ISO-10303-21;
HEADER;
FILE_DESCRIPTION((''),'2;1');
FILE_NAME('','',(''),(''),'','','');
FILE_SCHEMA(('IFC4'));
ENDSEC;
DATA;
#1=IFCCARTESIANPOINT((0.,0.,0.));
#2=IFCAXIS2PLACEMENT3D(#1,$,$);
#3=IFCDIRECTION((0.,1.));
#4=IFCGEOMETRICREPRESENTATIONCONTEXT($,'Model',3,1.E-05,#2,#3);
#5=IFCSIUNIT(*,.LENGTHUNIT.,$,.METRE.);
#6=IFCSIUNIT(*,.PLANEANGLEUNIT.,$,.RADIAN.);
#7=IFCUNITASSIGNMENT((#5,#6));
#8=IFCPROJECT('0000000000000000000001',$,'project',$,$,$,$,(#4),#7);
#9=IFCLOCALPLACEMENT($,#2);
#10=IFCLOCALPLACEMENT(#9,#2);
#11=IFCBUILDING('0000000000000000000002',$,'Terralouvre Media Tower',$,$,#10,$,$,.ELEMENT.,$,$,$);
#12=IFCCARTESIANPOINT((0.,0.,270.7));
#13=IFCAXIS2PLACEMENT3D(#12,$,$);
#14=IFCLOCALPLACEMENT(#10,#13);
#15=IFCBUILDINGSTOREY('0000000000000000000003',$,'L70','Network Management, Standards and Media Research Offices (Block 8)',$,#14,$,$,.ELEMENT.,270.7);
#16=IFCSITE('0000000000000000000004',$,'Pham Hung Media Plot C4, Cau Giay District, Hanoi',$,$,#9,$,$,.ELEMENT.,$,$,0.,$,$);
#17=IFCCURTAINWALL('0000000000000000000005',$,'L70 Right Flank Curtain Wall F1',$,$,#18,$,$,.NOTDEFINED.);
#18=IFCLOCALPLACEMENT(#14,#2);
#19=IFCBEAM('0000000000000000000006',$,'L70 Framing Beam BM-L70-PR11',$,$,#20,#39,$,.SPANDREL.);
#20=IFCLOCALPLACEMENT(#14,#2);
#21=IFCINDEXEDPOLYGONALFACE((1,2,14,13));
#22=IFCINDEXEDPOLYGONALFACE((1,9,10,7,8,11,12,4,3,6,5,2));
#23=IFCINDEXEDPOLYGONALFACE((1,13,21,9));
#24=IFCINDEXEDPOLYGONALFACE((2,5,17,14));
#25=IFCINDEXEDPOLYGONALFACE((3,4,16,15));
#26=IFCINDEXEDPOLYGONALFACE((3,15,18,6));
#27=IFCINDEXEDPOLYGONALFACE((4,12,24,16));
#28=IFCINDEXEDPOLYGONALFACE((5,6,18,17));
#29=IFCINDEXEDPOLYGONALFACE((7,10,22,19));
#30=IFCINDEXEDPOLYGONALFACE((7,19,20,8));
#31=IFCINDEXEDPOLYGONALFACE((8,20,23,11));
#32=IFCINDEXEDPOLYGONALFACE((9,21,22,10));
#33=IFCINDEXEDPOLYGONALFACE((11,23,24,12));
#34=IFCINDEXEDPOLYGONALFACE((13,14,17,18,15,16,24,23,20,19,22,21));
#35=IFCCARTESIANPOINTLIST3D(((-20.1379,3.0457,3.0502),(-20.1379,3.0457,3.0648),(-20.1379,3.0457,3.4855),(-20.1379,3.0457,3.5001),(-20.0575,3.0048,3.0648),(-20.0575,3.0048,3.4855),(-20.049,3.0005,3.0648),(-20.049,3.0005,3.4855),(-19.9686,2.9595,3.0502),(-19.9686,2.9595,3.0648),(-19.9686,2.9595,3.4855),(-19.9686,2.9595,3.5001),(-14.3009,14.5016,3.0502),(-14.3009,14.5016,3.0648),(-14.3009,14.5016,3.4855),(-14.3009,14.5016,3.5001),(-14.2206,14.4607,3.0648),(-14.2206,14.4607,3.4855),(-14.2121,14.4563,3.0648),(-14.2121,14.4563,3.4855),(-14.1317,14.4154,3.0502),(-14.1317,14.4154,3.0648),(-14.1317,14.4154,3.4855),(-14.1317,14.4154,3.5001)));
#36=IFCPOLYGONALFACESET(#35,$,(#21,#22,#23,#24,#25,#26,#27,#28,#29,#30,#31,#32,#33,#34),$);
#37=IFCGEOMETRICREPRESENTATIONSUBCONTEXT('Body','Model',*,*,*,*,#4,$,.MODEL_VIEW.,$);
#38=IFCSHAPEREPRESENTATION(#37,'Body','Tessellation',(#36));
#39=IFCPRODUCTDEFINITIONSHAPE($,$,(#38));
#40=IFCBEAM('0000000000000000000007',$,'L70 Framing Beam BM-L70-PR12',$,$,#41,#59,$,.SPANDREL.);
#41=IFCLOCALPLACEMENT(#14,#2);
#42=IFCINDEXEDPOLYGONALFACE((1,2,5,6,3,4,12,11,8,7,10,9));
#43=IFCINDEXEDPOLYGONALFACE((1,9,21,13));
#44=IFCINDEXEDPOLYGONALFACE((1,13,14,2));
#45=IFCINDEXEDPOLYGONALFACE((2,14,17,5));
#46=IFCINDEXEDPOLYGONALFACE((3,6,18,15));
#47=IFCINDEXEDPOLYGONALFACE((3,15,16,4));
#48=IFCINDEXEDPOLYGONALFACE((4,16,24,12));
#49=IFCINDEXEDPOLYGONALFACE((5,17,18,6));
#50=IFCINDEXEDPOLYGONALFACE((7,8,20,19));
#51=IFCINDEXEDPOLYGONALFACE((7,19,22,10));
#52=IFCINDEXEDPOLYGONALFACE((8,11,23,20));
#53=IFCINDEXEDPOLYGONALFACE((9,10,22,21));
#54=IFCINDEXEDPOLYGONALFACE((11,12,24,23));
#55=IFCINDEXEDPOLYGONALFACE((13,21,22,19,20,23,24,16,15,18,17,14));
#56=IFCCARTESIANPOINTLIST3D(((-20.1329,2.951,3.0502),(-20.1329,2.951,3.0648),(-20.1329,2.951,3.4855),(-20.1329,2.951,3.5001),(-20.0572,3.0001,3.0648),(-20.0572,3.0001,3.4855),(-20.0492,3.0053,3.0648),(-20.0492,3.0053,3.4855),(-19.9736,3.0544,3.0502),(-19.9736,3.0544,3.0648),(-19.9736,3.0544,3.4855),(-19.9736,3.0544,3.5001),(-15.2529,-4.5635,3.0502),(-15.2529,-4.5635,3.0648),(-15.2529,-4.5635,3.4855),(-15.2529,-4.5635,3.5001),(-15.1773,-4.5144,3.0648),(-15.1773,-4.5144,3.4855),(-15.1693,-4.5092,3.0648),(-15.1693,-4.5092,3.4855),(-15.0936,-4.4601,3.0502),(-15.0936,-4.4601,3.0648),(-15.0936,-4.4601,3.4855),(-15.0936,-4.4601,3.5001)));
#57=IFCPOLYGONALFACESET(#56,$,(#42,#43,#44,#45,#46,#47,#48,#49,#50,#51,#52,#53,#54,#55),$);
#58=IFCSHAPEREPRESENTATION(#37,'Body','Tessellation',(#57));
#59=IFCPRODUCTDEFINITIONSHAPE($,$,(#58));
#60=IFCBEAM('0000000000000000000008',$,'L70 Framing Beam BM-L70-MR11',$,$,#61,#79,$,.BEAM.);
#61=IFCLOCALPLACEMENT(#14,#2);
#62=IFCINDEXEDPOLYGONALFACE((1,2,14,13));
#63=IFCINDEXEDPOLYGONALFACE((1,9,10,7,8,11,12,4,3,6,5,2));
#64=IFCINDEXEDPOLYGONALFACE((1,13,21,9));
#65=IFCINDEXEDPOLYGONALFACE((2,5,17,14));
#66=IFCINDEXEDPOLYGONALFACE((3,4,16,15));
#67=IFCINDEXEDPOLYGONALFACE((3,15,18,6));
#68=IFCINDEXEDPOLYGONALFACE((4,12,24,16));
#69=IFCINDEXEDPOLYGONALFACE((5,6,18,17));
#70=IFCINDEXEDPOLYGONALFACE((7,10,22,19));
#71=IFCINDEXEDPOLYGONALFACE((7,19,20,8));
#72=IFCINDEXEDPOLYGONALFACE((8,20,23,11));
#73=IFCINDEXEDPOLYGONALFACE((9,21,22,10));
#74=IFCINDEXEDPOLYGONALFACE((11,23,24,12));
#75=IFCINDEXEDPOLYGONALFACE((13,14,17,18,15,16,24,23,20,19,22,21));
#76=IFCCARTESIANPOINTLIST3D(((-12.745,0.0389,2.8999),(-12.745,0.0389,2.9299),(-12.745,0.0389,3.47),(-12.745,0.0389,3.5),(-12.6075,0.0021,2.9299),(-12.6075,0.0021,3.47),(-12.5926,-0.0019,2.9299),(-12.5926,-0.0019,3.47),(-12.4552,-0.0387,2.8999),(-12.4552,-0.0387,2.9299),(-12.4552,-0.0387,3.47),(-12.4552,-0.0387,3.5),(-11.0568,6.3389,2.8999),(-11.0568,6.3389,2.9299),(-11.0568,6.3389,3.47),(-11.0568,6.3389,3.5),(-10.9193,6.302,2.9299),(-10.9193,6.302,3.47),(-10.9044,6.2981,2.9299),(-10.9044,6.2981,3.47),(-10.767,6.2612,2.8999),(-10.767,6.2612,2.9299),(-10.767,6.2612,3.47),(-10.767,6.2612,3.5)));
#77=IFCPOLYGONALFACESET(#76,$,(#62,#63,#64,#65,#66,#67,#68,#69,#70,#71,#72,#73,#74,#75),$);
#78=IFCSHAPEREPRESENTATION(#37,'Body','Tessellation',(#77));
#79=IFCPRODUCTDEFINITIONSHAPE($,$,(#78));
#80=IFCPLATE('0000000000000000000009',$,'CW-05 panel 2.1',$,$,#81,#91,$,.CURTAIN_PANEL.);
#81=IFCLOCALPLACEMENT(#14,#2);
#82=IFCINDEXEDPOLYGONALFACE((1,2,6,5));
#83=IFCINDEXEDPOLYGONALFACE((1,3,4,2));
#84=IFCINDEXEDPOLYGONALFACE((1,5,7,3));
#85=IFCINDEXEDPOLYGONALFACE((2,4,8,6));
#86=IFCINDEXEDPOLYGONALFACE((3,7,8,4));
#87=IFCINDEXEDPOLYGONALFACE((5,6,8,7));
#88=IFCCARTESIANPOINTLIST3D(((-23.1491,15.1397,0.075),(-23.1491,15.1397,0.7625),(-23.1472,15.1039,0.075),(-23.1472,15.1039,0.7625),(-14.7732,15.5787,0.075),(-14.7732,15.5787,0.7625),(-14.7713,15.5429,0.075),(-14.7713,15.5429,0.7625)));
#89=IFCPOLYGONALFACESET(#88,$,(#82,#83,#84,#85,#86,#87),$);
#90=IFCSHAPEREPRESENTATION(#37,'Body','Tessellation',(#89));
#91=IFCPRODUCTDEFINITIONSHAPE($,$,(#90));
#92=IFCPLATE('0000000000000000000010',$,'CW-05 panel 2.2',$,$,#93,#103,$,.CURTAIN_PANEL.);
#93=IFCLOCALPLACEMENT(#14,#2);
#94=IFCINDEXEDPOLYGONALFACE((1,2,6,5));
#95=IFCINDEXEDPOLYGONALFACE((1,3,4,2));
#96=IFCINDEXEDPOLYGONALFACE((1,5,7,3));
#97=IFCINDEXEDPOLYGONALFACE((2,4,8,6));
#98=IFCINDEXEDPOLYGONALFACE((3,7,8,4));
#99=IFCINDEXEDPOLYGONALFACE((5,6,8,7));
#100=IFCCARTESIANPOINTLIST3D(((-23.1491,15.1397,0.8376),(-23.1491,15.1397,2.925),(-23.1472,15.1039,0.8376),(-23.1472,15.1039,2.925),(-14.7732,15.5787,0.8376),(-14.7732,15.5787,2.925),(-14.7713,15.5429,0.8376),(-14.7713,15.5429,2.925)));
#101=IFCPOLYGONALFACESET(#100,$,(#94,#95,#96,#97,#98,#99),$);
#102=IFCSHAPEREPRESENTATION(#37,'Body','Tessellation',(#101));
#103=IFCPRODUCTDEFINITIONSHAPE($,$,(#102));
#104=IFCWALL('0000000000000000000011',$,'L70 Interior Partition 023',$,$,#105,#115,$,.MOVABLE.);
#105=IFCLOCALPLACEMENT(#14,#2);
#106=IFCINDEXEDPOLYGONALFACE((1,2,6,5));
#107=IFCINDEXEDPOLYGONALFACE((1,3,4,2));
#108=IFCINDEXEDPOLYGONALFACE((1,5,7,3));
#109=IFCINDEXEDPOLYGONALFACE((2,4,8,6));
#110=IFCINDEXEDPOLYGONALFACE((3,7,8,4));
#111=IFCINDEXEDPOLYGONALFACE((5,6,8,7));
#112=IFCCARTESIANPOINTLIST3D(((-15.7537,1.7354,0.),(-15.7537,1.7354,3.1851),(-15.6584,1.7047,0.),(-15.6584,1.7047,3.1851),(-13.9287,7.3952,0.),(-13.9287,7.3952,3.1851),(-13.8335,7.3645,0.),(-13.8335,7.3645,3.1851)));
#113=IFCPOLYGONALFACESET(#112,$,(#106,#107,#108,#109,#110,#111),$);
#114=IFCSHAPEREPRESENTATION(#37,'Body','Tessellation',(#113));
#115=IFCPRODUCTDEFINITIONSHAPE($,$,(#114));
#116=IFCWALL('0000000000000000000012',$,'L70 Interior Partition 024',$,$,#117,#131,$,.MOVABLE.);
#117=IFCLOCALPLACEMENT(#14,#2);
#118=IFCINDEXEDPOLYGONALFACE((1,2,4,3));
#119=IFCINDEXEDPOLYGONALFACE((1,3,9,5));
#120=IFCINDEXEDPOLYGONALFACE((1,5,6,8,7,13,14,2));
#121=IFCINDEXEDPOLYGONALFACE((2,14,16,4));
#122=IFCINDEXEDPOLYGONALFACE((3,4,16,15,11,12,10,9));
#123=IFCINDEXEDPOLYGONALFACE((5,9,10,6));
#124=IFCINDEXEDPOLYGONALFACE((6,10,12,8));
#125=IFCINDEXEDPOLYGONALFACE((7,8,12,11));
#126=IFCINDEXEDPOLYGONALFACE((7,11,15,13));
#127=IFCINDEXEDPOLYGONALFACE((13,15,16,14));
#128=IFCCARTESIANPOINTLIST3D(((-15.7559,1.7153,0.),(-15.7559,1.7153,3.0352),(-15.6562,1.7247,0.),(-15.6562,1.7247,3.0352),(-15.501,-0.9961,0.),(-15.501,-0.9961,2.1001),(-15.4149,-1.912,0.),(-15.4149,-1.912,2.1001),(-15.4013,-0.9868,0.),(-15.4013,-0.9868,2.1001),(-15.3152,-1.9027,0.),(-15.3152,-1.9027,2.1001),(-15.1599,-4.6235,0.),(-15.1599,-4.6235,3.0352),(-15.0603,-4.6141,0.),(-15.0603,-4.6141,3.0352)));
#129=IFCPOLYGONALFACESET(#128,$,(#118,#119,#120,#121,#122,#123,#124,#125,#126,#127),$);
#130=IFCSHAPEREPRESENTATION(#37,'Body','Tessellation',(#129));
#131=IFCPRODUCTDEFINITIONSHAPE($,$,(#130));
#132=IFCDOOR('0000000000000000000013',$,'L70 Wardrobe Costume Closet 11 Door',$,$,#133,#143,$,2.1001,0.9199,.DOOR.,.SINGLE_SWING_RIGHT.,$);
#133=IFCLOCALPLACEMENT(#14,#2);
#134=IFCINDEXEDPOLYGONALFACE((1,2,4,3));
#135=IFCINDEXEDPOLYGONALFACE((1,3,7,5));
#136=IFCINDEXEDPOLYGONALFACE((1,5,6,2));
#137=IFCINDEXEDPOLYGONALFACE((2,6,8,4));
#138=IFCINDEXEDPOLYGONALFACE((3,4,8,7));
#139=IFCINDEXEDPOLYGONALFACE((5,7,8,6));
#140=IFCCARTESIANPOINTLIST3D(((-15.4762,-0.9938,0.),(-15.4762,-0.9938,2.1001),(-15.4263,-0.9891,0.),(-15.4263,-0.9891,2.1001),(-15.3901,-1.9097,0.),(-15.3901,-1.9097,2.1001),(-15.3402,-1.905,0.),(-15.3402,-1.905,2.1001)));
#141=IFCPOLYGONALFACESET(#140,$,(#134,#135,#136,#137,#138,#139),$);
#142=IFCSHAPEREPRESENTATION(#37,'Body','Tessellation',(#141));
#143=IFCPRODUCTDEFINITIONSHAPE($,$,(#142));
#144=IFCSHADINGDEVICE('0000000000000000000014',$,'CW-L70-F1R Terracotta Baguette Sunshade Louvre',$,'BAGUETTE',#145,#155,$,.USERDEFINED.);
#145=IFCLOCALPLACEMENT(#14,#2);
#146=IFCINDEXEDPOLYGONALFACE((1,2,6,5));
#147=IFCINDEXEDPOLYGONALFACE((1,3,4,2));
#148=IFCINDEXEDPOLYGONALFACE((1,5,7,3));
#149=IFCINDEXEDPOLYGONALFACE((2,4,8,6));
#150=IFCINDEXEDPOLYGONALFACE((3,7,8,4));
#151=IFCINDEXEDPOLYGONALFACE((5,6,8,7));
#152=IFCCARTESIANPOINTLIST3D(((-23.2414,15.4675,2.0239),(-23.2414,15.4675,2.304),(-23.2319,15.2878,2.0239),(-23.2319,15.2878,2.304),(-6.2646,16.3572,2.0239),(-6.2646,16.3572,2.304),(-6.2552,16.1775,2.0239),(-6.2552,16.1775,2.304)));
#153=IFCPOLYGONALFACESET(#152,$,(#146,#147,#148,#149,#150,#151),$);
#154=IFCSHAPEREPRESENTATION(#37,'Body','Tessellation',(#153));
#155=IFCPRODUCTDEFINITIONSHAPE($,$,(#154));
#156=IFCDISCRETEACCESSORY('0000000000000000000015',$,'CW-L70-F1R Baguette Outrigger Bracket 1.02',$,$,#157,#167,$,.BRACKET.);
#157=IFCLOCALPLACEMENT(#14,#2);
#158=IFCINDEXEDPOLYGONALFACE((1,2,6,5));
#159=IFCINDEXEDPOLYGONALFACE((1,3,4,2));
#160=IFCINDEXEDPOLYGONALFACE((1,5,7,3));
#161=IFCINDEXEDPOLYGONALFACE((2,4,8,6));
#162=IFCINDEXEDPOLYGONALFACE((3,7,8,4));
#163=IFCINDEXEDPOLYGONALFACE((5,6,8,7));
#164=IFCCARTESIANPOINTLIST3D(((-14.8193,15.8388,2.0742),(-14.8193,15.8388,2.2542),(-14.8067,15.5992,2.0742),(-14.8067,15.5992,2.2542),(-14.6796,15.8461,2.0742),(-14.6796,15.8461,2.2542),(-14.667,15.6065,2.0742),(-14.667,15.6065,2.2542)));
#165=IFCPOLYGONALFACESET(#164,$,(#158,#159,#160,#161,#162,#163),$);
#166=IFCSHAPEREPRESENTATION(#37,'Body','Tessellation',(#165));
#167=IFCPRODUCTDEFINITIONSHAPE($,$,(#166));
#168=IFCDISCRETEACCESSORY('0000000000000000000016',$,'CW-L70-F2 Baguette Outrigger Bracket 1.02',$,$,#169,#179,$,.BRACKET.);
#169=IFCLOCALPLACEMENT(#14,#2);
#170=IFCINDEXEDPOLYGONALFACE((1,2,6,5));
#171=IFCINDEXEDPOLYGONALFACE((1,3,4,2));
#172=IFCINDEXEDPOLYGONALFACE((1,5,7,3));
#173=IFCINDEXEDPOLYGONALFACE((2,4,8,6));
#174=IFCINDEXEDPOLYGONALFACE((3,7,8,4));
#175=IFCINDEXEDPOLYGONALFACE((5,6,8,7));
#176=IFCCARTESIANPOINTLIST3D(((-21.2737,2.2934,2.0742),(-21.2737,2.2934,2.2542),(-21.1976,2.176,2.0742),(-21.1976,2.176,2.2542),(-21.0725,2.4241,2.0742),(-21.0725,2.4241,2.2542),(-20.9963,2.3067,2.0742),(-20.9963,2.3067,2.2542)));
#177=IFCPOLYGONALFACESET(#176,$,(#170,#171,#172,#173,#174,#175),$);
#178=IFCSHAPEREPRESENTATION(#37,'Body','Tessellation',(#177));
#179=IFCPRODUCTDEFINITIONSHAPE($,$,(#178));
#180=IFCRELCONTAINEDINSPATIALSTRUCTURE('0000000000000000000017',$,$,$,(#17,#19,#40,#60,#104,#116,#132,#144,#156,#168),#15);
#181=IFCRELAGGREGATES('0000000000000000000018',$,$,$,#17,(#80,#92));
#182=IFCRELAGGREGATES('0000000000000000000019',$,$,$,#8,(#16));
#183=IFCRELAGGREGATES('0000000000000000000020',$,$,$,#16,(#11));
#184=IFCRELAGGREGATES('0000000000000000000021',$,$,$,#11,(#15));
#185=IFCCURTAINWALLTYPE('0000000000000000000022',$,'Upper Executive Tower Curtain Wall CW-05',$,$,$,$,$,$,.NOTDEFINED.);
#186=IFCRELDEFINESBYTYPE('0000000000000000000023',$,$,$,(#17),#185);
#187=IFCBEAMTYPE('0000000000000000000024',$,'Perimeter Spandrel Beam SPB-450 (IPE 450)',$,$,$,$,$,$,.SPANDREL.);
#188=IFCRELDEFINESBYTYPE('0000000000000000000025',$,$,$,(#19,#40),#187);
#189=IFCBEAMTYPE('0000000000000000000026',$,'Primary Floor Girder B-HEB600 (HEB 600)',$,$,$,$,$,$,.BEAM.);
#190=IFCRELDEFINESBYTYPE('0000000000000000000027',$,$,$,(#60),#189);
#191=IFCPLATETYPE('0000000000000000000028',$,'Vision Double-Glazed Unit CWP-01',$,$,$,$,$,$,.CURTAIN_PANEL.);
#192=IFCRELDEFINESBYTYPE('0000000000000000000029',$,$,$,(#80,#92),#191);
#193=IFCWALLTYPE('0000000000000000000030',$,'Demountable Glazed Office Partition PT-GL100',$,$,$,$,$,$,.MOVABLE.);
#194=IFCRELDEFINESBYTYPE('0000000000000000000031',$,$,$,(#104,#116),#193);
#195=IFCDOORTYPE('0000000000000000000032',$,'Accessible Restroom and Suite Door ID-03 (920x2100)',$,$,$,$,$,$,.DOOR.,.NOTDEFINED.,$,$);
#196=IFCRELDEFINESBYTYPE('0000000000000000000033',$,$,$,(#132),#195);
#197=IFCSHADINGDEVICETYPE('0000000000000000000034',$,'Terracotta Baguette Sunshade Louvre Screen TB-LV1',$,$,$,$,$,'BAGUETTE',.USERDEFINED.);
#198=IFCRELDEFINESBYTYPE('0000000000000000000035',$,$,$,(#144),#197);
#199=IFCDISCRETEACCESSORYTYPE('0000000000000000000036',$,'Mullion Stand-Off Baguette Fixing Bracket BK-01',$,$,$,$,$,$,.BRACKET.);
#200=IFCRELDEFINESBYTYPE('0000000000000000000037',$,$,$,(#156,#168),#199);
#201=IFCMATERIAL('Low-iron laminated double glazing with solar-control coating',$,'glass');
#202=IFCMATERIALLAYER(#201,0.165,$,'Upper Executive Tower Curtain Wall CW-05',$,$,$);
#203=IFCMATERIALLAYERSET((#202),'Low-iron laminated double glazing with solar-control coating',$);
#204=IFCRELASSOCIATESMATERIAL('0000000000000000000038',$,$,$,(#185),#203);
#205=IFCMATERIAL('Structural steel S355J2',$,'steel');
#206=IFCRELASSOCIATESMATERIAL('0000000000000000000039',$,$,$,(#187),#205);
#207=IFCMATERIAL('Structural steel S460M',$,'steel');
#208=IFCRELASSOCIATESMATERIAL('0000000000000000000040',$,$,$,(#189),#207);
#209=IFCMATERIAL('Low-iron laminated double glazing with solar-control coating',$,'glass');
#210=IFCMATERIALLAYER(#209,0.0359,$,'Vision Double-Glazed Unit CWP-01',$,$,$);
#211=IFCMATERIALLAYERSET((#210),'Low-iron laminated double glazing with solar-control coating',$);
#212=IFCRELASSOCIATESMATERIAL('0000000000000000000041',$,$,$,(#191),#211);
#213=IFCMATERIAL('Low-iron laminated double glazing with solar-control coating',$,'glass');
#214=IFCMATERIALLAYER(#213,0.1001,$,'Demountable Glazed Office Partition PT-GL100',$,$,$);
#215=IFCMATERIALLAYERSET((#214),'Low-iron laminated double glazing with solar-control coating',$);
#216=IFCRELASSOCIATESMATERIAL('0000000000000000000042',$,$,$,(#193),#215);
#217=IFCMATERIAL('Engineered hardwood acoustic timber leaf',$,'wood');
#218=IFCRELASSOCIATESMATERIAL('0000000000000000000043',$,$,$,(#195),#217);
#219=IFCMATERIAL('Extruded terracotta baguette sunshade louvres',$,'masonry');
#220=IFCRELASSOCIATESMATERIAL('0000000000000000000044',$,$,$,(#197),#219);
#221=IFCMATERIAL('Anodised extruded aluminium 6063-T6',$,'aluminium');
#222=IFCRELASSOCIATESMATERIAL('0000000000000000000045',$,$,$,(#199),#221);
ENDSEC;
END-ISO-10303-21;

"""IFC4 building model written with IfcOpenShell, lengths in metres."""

from ifc_helpers import new_model, si_unit, direction, frame, frame_2d, origin, origin_2d, place, context, subcontext, project, spatial, rectangle, i_section, extrude, material, layer, layer_set, material_profile, profile_set, type_object, element, fill, aggregate, save


model = new_model("IFC4")

# Units and contexts
model_context = context("Model", 3, precision=1e-05, world=origin(), true_north=direction((0.0, 1.0)))
body_context = subcontext(model_context, "Body", "Model", "MODEL_VIEW")
ifc_project = project(units=[si_unit("LENGTHUNIT", "METRE"), si_unit("PLANEANGLEUNIT", "RADIAN")], contexts=[model_context])

# Site, building, storey
site_placement = place(None, origin())
site = spatial("IfcSite", under=ifc_project, at=site_placement, Name="Pham Hung Media Plot C4, Cau Giay District, Hanoi", CompositionType="ELEMENT", RefElevation=0.0)
building_placement = place(site_placement, origin())
building = spatial("IfcBuilding", under=site, at=building_placement, Name="Terralouvre Media Tower", CompositionType="ELEMENT")
storey_placement = place(building_placement, frame((0.0, 0.0, 270.7)))
storey = spatial("IfcBuildingStorey", under=building, at=storey_placement, Name="L70", Description="Network Management, Standards and Media Research Offices (Block 8)", CompositionType="ELEMENT", Elevation=270.7)

# Curtain wall
ifc_material_1 = material(Name="Low-iron laminated double glazing with solar-control coating", Category="glass")
ifc_layer_1 = layer(ifc_material_1, 0.165, Name="Upper Executive Tower Curtain Wall CW-05")
ifc_layer_set_1 = layer_set([ifc_layer_1], Name="Low-iron laminated double glazing with solar-control coating")
curtain_wall_type = type_object("IfcCurtainWallType", Name="Upper Executive Tower Curtain Wall CW-05", PredefinedType="NOTDEFINED", material=ifc_layer_set_1)
curtain_wall_1_placement = place(storey_placement, origin())
curtain_wall_1 = element("IfcCurtainWall", 1, at=curtain_wall_1_placement, inside=storey, type_object=curtain_wall_type, Name="L70 Right Flank Curtain Wall F1", PredefinedType="NOTDEFINED")

# Beams
ifc_material_2 = material(Name="Structural steel S355J2", Category="steel")
ifc_material_profile_1 = material_profile(ifc_material_2, i_section(OverallWidth=0.1899, OverallDepth=0.45, WebThickness=0.0095, FlangeThickness=0.0146, at=origin_2d()), Name="IPE 450")
ifc_profile_set_1 = profile_set([ifc_material_profile_1], Name="Structural steel S355J2")
beam_type_1 = type_object("IfcBeamType", Name="Perimeter Spandrel Beam SPB-450 (IPE 450)", PredefinedType="SPANDREL", material=ifc_profile_set_1)
beam_1_placement = place(storey_placement, frame((-14.2163, 14.4585, 3.2751), z_axis=(-0.453984, -0.89101, 0.0), x_axis=(0.89101, -0.453984, 0.0)))
element("IfcBeam", 2, at=beam_1_placement, inside=storey, type_object=beam_type_1, Name="L70 Framing Beam BM-L70-PR11", PredefinedType="SPANDREL", context=body_context, shape_type="SweptSolid", body=[
    extrude(i_section(OverallWidth=0.1899, OverallDepth=0.45, WebThickness=0.0095, FlangeThickness=0.0146, at=origin_2d()), origin(), (0.0, 0.0, 1.0), 12.8572),
])
beam_2_placement = place(storey_placement, frame((-20.0532, 3.0027, 3.2751), z_axis=(0.544637, -0.838672, 0.0), x_axis=(0.838672, 0.544637, 0.0)))
element("IfcBeam", 3, at=beam_2_placement, inside=storey, type_object=beam_type_1, Name="L70 Framing Beam BM-L70-PR12", PredefinedType="SPANDREL", context=body_context, shape_type="SweptSolid", body=[
    extrude(i_section(OverallWidth=0.1899, OverallDepth=0.45, WebThickness=0.0095, FlangeThickness=0.0146, at=origin_2d()), origin(), (0.0, 0.0, 1.0), 8.96),
])
ifc_material_3 = material(Name="Structural steel S460M", Category="steel")
ifc_material_profile_2 = material_profile(ifc_material_3, i_section(OverallWidth=0.3, OverallDepth=0.6001, WebThickness=0.0154, FlangeThickness=0.03, at=origin_2d()), Name="HEB 600")
ifc_profile_set_2 = profile_set([ifc_material_profile_2], Name="Structural steel S460M")
beam_type_2 = type_object("IfcBeamType", Name="Primary Floor Girder B-HEB600 (HEB 600)", PredefinedType="BEAM", material=ifc_profile_set_2)
beam_3_placement = place(storey_placement, frame((-10.9119, 6.3, 3.2), z_axis=(-0.258839, -0.96592, 0.0), x_axis=(0.96592, -0.258839, 0.0)))
element("IfcBeam", 4, at=beam_3_placement, inside=storey, type_object=beam_type_2, Name="L70 Framing Beam BM-L70-MR11", PredefinedType="BEAM", context=body_context, shape_type="SweptSolid", body=[
    extrude(i_section(OverallWidth=0.3, OverallDepth=0.6001, WebThickness=0.0154, FlangeThickness=0.03, at=origin_2d()), origin(), (0.0, 0.0, 1.0), 6.5222),
])

# Plates
ifc_material_4 = material(Name="Low-iron laminated double glazing with solar-control coating", Category="glass")
ifc_layer_2 = layer(ifc_material_4, 0.0359, Name="Vision Double-Glazed Unit CWP-01")
ifc_layer_set_2 = layer_set([ifc_layer_2], Name="Low-iron laminated double glazing with solar-control coating")
plate_type = type_object("IfcPlateType", Name="Vision Double-Glazed Unit CWP-01", PredefinedType="CURTAIN_PANEL", material=ifc_layer_set_2)
plate_1_placement = place(storey_placement, frame((-18.9602, 15.3413, 0.075), z_axis=(0.0, 0.0, 1.0), x_axis=(-0.99863, -0.052336, 0.0)))
plate_1 = element("IfcPlate", 5, at=plate_1_placement, type_object=plate_type, Name="CW-05 panel 2.1", PredefinedType="CURTAIN_PANEL", context=body_context, shape_type="SweptSolid", body=[
    extrude(rectangle(XDim=8.3875, YDim=0.0359, at=origin_2d()), origin(), (0.0, 0.0, 1.0), 0.6875),
])
plate_2_placement = place(storey_placement, frame((-18.9602, 15.3413, 0.8376), z_axis=(0.0, 0.0, 1.0), x_axis=(-0.99863, -0.052336, 0.0)))
plate_2 = element("IfcPlate", 6, at=plate_2_placement, type_object=plate_type, Name="CW-05 panel 2.2", PredefinedType="CURTAIN_PANEL", context=body_context, shape_type="SweptSolid", body=[
    extrude(rectangle(XDim=8.3875, YDim=0.0359, at=origin_2d()), origin(), (0.0, 0.0, 1.0), 2.0874),
])
aggregate(curtain_wall_1, [plate_1, plate_2])

# Wall
ifc_material_5 = material(Name="Low-iron laminated double glazing with solar-control coating", Category="glass")
ifc_layer_3 = layer(ifc_material_5, 0.1001, Name="Demountable Glazed Office Partition PT-GL100")
ifc_layer_set_3 = layer_set([ifc_layer_3], Name="Low-iron laminated double glazing with solar-control coating")
wall_type = type_object("IfcWallType", Name="Demountable Glazed Office Partition PT-GL100", PredefinedType="MOVABLE", material=ifc_layer_set_3)
wall_1_placement = place(storey_placement, frame((-13.8811, 7.3799, 0.0), z_axis=(0.0, 0.0, 1.0), x_axis=(-0.306877, -0.951749, 0.0)))
element("IfcWall", 7, at=wall_1_placement, inside=storey, type_object=wall_type, Name="L70 Interior Partition 023", PredefinedType="MOVABLE", context=body_context, shape_type="SweptSolid", body=[
    extrude(rectangle(XDim=5.9468, YDim=0.1001, at=frame_2d((2.9734, 0.0))), origin(), (0.0, 0.0, 1.0), 3.1851),
])

# Wall, opening, door
wall_2_placement = place(storey_placement, frame((-15.7061, 1.72, 0.0), z_axis=(0.0, 0.0, 1.0), x_axis=(0.093602, -0.99561, 0.0)))
wall_2 = element("IfcWall", 8, at=wall_2_placement, inside=storey, type_object=wall_type, Name="L70 Interior Partition 024", PredefinedType="MOVABLE", context=body_context, shape_type="SweptSolid", body=[
    extrude(rectangle(XDim=6.3667, YDim=0.1001, at=frame_2d((3.1833, 0.0))), origin(), (0.0, 0.0, 1.0), 3.0352),
])
opening_placement = place(wall_2_placement, frame((2.7234, 0.0, 0.0)))
opening = element("IfcOpeningElement", 9, at=opening_placement, cuts=wall_2, PredefinedType="OPENING", context=body_context, shape_type="SweptSolid", body=[
    extrude(rectangle(XDim=0.9199, YDim=2.1001, at=frame_2d((0.46, 1.05))), frame((0.0, 0.0601, 0.0), z_axis=(0.0, -1.0, 0.0), x_axis=(1.0, 0.0, 0.0)), (0.0, 0.0, 1.0), 0.1201),
])
ifc_material_6 = material(Name="Engineered hardwood acoustic timber leaf", Category="wood")
door_type = type_object("IfcDoorType", Name="Accessible Restroom and Suite Door ID-03 (920x2100)", OperationType="NOTDEFINED", PredefinedType="DOOR", material=ifc_material_6)
door_placement = place(opening_placement, origin())
door = element("IfcDoor", 10, at=door_placement, inside=storey, type_object=door_type, Name="L70 Wardrobe Costume Closet 11 Door", OperationType="SINGLE_SWING_RIGHT", OverallHeight=2.1001, OverallWidth=0.9199, PredefinedType="DOOR", context=body_context, shape_type="SweptSolid", body=[
    extrude(rectangle(XDim=0.9199, YDim=2.1001, at=frame_2d((0.46, 1.05))), frame((0.0, 0.0249, 0.0), z_axis=(0.0, -1.0, 0.0), x_axis=(1.0, 0.0, 0.0)), (0.0, 0.0, 1.0), 0.05),
])
fill(opening, door)

# Shading device
ifc_material_7 = material(Name="Extruded terracotta baguette sunshade louvres", Category="masonry")
shading_device_type = type_object("IfcShadingDeviceType", Name="Terracotta Baguette Sunshade Louvre Screen TB-LV1", ElementType="BAGUETTE", PredefinedType="USERDEFINED", material=ifc_material_7)
shading_device_placement = place(storey_placement, frame((-14.7483, 15.8225, 2.0239), z_axis=(0.0, 0.0, 1.0), x_axis=(-0.99863, -0.052336, 0.0)))
element("IfcShadingDevice", 11, at=shading_device_placement, inside=storey, type_object=shading_device_type, Name="CW-L70-F1R Terracotta Baguette Sunshade Louvre", ObjectType="BAGUETTE", PredefinedType="USERDEFINED", context=body_context, shape_type="SweptSolid", body=[
    extrude(rectangle(XDim=17.0, YDim=0.1799, at=origin_2d()), origin(), (0.0, 0.0, 1.0), 0.28),
])

# Discrete accessories
ifc_material_8 = material(Name="Anodised extruded aluminium 6063-T6", Category="aluminium")
discrete_accessory_type = type_object("IfcDiscreteAccessoryType", Name="Mullion Stand-Off Baguette Fixing Bracket BK-01", PredefinedType="BRACKET", material=ifc_material_8)
for number, where, z_axis, x_axis, name in (
    (12, (-14.7432, 15.7227, 2.0742), (0.0, 0.0, 1.0), (-0.99863, -0.052336, 0.0), "CW-L70-F1R Baguette Outrigger Bracket 1.02"),
    (13, (-21.135, 2.3, 2.0742), (0.0, 0.0, 1.0), (0.544639, -0.838671, 0.0), "CW-L70-F2 Baguette Outrigger Bracket 1.02"),
):
    element("IfcDiscreteAccessory", number, at=place(storey_placement, frame(where, z_axis=z_axis, x_axis=x_axis)), inside=storey, type_object=discrete_accessory_type, Name=name, PredefinedType="BRACKET", context=body_context, shape_type="SweptSolid", body=[
        extrude(rectangle(XDim=0.1399, YDim=0.24, at=origin_2d()), origin(), (0.0, 0.0, 1.0), 0.1799),
    ])

save(model, "model.ifc")
